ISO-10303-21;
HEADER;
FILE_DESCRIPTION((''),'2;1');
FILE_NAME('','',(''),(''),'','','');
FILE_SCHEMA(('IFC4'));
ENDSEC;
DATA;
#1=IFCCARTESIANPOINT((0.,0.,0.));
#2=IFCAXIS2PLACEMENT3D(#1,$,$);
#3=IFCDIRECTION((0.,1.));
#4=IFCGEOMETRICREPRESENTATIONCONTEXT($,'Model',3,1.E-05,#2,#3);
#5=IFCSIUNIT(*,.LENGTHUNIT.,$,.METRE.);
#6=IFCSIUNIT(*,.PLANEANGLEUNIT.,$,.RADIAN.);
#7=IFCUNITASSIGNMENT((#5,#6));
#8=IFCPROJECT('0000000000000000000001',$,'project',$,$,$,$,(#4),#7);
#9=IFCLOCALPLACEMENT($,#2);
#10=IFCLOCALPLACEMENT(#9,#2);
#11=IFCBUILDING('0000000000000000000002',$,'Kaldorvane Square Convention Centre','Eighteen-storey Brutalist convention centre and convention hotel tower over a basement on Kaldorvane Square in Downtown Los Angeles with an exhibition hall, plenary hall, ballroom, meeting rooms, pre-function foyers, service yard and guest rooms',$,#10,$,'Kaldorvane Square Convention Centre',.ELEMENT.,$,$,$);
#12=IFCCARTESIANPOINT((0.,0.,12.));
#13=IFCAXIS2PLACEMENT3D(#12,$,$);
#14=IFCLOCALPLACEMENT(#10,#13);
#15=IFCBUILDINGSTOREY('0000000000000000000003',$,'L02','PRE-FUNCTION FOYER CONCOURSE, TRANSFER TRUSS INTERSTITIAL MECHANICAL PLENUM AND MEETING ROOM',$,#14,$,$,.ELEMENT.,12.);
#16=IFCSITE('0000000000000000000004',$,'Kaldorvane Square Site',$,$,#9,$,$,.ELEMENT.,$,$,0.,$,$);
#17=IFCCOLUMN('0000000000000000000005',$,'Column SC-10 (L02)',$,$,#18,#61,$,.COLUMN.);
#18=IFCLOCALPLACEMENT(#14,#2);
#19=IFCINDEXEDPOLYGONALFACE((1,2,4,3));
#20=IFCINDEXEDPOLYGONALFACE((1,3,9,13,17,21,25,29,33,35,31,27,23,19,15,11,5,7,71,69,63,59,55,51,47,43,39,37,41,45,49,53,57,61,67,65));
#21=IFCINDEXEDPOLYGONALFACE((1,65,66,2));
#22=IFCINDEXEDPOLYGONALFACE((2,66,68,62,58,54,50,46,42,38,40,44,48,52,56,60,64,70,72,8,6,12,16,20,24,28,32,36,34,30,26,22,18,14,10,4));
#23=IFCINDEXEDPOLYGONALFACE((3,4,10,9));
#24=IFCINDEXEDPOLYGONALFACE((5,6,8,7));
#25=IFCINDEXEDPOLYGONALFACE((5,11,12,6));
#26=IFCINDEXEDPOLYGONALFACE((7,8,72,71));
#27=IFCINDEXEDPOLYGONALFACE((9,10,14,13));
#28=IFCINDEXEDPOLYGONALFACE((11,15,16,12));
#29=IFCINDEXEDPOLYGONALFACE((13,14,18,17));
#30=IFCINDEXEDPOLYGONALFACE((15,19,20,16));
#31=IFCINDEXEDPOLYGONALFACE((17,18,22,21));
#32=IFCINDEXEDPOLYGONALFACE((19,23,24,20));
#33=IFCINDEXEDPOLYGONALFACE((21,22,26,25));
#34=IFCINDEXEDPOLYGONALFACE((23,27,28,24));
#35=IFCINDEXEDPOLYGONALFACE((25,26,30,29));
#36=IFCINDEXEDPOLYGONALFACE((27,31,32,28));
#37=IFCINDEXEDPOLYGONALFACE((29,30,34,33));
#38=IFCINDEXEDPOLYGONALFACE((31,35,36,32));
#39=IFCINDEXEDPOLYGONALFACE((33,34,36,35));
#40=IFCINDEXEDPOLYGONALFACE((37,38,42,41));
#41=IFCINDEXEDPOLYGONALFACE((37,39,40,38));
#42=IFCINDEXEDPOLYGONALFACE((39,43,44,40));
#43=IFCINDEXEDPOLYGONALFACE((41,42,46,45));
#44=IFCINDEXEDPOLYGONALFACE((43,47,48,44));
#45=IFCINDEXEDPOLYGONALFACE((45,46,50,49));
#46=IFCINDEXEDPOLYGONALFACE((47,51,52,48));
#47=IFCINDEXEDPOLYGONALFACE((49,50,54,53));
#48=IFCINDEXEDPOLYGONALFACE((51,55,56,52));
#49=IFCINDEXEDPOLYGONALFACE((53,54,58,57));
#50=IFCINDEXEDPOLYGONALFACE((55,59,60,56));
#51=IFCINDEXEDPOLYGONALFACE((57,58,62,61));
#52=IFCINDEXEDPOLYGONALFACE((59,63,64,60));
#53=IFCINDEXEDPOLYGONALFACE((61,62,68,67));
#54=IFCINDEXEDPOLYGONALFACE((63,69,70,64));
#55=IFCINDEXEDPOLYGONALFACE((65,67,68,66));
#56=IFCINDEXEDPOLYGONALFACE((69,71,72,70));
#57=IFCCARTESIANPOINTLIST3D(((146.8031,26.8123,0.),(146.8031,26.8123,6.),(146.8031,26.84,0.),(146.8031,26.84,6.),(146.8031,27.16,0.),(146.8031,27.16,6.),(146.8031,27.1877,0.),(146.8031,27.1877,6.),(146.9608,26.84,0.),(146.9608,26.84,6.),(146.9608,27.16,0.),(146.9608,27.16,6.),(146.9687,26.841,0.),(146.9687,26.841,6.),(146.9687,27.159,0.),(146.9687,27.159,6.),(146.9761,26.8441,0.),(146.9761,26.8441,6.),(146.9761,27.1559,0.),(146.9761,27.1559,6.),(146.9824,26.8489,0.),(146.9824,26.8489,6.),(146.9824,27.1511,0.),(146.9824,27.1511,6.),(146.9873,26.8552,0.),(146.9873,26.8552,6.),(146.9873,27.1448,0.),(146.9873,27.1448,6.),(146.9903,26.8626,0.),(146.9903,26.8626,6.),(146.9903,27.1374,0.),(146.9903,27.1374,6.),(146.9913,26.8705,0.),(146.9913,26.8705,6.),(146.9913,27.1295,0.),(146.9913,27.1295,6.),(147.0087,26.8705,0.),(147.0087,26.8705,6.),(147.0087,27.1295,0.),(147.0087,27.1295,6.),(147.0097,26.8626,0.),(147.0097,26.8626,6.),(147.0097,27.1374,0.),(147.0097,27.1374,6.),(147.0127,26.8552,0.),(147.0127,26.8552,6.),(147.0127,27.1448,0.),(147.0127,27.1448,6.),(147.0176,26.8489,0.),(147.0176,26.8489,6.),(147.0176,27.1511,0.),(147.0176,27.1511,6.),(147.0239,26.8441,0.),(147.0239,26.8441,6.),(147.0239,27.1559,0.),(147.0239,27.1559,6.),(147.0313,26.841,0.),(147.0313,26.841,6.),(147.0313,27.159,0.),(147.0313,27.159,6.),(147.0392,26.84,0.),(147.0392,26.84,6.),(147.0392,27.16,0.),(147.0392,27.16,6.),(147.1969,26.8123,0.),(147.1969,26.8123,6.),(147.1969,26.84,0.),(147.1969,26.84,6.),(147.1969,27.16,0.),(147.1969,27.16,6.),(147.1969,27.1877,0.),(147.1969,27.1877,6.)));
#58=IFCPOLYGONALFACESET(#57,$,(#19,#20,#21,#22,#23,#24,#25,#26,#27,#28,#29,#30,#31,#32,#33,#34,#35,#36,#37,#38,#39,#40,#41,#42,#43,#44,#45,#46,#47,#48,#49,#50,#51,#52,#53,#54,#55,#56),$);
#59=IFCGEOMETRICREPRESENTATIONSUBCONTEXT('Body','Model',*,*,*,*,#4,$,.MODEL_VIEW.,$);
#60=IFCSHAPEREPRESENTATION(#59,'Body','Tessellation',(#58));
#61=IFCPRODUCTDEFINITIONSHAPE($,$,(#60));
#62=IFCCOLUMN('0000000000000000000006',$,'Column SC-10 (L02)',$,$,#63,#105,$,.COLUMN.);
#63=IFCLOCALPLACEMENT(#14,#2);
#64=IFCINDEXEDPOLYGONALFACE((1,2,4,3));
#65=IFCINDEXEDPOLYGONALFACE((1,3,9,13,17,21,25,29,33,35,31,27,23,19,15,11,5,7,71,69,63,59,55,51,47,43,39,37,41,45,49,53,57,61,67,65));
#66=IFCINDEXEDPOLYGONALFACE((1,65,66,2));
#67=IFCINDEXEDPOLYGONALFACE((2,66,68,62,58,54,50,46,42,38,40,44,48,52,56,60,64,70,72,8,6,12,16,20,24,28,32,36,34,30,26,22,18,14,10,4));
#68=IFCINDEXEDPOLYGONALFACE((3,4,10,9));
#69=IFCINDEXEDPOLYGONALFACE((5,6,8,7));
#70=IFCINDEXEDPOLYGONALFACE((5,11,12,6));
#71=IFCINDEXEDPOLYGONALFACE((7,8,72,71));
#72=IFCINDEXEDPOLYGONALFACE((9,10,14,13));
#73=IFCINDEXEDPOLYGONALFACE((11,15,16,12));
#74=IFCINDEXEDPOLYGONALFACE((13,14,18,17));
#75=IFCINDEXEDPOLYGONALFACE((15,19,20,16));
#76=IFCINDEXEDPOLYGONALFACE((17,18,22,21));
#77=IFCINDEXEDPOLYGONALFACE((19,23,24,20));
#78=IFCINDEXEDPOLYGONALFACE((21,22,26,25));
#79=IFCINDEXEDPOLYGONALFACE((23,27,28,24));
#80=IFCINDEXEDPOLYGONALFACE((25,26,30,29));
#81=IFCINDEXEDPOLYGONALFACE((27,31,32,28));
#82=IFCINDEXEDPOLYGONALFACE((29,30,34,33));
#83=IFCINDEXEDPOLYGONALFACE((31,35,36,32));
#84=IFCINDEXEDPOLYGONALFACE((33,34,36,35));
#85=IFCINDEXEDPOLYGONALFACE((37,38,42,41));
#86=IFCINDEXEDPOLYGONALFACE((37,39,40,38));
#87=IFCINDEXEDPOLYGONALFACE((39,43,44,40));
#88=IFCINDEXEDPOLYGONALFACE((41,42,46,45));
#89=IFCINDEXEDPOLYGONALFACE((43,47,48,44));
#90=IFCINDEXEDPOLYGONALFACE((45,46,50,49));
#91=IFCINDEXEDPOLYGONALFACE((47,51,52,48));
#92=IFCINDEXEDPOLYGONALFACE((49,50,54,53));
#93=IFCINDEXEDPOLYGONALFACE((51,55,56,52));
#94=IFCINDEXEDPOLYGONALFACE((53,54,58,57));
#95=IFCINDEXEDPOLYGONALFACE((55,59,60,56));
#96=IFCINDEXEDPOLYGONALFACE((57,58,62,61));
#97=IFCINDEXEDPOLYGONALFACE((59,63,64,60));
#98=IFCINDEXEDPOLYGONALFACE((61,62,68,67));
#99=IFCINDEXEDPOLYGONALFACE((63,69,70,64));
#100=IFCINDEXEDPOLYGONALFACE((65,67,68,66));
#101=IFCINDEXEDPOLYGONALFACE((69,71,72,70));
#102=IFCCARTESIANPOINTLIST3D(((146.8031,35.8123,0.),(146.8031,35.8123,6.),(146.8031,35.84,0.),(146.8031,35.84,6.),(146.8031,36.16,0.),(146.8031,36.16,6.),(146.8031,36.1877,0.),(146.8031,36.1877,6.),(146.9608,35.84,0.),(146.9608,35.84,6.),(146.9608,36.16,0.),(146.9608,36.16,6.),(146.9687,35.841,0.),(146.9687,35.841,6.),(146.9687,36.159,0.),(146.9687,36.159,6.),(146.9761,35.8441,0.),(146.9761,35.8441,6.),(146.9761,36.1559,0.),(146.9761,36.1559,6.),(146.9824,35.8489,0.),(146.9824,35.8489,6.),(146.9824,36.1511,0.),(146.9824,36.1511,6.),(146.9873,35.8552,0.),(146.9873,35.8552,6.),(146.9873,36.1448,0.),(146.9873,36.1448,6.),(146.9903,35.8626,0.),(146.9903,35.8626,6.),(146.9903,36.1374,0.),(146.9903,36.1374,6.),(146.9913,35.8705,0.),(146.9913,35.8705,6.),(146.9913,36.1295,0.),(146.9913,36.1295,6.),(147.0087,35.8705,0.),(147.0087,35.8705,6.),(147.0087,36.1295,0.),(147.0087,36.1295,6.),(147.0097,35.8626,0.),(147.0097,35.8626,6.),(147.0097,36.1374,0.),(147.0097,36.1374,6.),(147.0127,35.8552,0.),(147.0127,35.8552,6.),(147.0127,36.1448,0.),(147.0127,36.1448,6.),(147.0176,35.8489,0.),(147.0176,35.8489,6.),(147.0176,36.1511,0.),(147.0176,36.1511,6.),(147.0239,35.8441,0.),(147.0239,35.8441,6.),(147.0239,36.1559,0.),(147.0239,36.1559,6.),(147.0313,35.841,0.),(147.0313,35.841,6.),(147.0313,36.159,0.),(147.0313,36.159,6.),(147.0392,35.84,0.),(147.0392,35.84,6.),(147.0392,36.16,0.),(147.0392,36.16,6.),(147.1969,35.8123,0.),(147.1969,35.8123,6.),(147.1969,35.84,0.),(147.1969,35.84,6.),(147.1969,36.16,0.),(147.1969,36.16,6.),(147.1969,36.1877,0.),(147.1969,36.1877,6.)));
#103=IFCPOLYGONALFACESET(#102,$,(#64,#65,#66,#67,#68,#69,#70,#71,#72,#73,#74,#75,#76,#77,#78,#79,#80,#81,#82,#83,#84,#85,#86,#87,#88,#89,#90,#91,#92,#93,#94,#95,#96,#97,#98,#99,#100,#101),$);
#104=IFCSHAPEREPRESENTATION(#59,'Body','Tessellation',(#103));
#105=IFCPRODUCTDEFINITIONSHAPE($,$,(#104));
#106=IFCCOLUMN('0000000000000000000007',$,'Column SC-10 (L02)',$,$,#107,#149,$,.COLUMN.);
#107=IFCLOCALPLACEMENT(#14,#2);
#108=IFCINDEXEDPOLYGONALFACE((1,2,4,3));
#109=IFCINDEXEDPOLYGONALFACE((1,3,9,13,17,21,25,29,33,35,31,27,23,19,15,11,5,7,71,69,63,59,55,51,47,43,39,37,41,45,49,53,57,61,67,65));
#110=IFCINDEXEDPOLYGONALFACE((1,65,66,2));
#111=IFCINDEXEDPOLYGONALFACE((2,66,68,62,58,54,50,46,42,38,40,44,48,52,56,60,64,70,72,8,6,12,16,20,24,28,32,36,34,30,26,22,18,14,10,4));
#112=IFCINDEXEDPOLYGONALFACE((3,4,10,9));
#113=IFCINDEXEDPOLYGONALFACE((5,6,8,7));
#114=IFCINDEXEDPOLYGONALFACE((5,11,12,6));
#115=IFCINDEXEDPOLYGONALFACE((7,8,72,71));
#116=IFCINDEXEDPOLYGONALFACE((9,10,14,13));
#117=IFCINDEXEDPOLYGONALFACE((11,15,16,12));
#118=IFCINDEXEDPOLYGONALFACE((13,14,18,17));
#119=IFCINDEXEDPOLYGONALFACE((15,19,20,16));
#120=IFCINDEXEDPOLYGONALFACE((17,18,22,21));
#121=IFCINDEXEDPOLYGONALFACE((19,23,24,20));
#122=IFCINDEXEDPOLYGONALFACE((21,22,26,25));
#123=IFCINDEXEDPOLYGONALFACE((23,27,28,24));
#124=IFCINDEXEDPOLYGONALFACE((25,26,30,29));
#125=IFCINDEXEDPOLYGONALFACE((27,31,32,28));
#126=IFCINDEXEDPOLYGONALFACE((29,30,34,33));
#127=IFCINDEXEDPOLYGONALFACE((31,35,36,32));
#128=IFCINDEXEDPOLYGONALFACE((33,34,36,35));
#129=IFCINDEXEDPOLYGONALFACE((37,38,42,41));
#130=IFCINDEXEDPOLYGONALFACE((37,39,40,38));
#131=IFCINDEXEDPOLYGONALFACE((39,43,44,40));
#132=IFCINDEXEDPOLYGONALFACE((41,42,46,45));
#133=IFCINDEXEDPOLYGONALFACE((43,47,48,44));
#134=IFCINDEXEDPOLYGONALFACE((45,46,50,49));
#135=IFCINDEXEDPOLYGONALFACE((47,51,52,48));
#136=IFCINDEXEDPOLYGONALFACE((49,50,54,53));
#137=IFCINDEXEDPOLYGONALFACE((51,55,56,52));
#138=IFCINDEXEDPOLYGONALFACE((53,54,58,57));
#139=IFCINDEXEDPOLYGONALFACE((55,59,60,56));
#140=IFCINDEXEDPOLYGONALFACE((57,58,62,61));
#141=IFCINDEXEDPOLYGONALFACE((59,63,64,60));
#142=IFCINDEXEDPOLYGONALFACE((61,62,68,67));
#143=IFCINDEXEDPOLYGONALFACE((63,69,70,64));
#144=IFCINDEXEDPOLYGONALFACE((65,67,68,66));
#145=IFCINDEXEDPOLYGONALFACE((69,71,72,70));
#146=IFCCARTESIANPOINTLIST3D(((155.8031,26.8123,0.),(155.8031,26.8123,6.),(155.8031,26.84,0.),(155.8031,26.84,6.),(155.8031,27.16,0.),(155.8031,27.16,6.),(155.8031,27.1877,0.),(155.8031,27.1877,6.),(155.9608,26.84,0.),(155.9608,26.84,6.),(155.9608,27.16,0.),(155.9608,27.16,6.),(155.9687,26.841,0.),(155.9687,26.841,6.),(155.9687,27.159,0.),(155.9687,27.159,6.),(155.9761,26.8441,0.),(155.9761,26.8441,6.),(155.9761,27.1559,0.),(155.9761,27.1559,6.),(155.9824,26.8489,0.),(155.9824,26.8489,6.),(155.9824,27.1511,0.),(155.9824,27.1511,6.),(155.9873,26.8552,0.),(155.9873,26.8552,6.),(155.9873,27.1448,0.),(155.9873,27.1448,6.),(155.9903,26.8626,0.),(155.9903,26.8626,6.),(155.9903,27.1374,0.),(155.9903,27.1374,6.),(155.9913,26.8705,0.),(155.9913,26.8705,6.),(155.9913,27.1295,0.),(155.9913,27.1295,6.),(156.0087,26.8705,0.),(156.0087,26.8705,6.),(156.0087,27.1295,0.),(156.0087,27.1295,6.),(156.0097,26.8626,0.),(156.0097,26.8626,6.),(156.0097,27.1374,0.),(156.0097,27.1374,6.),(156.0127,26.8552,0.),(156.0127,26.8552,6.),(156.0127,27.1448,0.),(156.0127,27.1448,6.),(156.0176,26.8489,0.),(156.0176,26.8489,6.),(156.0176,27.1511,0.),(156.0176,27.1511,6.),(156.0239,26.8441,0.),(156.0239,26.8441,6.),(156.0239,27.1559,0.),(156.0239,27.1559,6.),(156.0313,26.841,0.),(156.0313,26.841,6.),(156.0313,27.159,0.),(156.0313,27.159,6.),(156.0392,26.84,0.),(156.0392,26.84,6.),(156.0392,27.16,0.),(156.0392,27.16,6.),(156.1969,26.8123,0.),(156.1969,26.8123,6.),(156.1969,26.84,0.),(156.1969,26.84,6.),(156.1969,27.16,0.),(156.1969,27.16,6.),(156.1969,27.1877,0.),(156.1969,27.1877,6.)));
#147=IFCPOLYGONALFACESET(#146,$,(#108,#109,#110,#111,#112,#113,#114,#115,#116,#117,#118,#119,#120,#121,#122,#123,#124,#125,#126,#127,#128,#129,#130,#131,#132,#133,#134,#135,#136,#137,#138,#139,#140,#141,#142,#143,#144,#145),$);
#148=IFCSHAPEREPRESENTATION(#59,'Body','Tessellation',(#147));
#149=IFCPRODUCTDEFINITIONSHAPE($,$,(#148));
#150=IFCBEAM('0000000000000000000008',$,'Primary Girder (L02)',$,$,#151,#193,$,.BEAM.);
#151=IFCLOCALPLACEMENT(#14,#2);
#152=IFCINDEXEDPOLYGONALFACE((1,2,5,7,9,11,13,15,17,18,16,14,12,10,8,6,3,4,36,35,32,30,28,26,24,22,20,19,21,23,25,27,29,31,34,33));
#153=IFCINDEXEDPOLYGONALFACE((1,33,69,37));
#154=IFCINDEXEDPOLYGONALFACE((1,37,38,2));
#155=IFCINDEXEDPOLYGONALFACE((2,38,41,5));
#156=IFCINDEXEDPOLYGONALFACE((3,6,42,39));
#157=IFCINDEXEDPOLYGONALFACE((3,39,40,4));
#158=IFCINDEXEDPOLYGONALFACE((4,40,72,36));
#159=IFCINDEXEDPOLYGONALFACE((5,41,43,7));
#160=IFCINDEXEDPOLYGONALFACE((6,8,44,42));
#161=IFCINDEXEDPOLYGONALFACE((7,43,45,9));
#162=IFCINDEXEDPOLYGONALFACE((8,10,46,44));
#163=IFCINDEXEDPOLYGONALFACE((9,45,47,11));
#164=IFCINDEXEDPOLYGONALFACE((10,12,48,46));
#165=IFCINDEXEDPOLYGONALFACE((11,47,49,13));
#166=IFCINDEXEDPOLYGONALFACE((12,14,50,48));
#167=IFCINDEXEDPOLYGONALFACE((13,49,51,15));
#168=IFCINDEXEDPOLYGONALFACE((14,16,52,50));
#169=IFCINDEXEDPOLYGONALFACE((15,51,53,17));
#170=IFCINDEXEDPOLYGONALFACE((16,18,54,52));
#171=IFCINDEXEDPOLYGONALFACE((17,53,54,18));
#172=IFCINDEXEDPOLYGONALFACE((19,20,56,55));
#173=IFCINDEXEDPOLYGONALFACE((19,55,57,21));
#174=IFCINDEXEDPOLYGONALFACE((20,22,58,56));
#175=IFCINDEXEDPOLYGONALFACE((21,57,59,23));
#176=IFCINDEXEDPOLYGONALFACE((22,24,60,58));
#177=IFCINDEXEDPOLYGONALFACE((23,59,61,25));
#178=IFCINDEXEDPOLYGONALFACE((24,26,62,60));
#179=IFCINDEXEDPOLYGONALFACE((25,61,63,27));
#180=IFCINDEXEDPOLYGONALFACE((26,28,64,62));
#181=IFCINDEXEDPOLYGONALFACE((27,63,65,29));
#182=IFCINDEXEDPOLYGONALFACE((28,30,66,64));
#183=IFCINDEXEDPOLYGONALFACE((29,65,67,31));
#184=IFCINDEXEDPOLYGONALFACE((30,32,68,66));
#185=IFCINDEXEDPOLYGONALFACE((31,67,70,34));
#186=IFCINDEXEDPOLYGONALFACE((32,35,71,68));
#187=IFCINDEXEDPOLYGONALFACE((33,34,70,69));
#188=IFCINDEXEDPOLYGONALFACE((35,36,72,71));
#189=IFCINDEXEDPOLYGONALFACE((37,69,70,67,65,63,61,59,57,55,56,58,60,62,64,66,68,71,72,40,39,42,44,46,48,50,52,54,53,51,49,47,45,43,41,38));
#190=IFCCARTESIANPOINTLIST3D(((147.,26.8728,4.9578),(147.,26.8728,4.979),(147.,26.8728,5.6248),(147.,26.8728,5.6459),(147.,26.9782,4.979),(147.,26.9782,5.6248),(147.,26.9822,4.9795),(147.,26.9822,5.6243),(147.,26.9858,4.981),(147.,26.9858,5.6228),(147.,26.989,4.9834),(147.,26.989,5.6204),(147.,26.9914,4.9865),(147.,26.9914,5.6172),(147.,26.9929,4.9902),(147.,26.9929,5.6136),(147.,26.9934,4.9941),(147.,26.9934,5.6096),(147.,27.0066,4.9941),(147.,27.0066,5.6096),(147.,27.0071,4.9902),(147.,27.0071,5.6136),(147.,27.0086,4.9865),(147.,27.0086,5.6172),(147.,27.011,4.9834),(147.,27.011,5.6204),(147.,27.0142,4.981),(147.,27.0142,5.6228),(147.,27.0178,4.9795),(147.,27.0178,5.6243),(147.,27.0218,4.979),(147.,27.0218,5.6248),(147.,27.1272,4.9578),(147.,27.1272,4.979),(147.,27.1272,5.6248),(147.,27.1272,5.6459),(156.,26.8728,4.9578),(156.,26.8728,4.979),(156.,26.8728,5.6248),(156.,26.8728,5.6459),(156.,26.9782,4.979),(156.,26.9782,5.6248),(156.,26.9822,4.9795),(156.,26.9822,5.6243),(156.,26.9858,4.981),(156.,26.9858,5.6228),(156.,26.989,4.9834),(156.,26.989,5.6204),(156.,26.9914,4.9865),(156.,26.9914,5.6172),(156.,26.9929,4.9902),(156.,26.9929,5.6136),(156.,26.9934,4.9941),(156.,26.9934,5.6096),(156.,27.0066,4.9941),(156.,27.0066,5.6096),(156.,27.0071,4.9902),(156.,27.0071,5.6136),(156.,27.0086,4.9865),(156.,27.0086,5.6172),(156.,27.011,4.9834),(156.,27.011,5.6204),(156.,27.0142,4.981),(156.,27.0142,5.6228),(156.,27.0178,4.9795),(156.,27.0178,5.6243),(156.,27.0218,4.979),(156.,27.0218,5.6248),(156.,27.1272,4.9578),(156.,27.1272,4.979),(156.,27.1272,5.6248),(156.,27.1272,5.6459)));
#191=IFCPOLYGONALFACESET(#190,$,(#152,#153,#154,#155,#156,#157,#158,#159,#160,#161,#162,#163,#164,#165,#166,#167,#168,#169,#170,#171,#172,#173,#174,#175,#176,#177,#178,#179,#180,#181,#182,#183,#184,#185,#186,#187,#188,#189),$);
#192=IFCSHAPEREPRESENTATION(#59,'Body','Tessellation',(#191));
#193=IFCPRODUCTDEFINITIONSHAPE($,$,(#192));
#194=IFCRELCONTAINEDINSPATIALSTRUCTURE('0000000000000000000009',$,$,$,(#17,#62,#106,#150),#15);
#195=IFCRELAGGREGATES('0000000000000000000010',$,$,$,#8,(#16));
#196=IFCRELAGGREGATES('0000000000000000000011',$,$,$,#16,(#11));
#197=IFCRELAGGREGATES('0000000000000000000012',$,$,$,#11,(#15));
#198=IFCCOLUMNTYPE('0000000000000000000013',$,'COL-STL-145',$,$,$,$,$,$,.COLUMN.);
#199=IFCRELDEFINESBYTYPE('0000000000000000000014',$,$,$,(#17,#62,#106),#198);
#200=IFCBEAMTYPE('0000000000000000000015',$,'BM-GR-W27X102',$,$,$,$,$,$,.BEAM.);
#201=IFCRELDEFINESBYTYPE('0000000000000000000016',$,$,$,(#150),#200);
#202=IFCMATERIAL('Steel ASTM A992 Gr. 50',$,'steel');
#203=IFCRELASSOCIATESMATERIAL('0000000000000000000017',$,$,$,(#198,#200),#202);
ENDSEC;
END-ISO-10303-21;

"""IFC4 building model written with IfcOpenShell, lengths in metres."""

from ifc_helpers import new_model, si_unit, direction, frame, origin, origin_2d, place, context, subcontext, project, spatial, i_section, extrude, material, material_profile, profile_set, type_object, element, save


model = new_model("IFC4")

# Units and contexts
model_context = context("Model", 3, precision=1e-05, world=origin(), true_north=direction((0.0, 1.0)))
body_context = subcontext(model_context, "Body", "Model", "MODEL_VIEW")
ifc_project = project(units=[si_unit("LENGTHUNIT", "METRE"), si_unit("PLANEANGLEUNIT", "RADIAN")], contexts=[model_context])

# Site, building, storey
site_placement = place(None, origin())
site = spatial("IfcSite", under=ifc_project, at=site_placement, Name="Kaldorvane Square Site", CompositionType="ELEMENT", RefElevation=0.0)
building_placement = place(site_placement, origin())
building = spatial("IfcBuilding", under=site, at=building_placement, Name="Kaldorvane Square Convention Centre", Description="Eighteen-storey Brutalist convention centre and convention hotel tower over a basement on Kaldorvane Square in Downtown Los Angeles with an exhibition hall, plenary hall, ballroom, meeting rooms, pre-function foyers, service yard and guest rooms", LongName="Kaldorvane Square Convention Centre", CompositionType="ELEMENT")
storey_placement = place(building_placement, frame((0.0, 0.0, 12.0)))
storey = spatial("IfcBuildingStorey", under=building, at=storey_placement, Name="L02", Description="PRE-FUNCTION FOYER CONCOURSE, TRANSFER TRUSS INTERSTITIAL MECHANICAL PLENUM AND MEETING ROOM", CompositionType="ELEMENT", Elevation=12.0)

# Columns
ifc_material_1 = material(Name="Steel ASTM A992 Gr. 50", Category="steel")
ifc_material_profile_1 = material_profile(ifc_material_1, i_section(OverallWidth=0.3937, OverallDepth=0.3754, WebThickness=0.0173, FlangeThickness=0.0277, FilletRadius=0.0305, at=origin_2d()), Name="W14X145")
ifc_profile_set_1 = profile_set([ifc_material_profile_1], Name="Steel ASTM A992 Gr. 50")
column_type = type_object("IfcColumnType", Name="COL-STL-145", PredefinedType="COLUMN", material=ifc_profile_set_1)
for number, where, z_axis, x_axis, name in (
    (1, (147.0, 27.0, 0.0), (0.0, 0.0, 1.0), (1.0, 0.0, 0.0), "Column SC-10 (L02)"),
    (2, (147.0, 36.0, 0.0), (0.0, 0.0, 1.0), (1.0, 0.0, 0.0), "Column SC-10 (L02)"),
    (3, (156.0, 27.0, 0.0), (0.0, 0.0, 1.0), (1.0, 0.0, 0.0), "Column SC-10 (L02)"),
):
    element("IfcColumn", number, at=place(storey_placement, frame(where, z_axis=z_axis, x_axis=x_axis)), inside=storey, type_object=column_type, Name=name, PredefinedType="COLUMN", context=body_context, shape_type="SweptSolid", body=[
        extrude(i_section(OverallWidth=0.3937, OverallDepth=0.3754, WebThickness=0.0173, FlangeThickness=0.0277, FilletRadius=0.0305, at=origin_2d()), origin(), (0.0, 0.0, 1.0), 6.0),
    ])

# Beam
ifc_material_profile_2 = material_profile(ifc_material_1, i_section(OverallWidth=0.2544, OverallDepth=0.6881, WebThickness=0.0131, FlangeThickness=0.0211, FilletRadius=0.0152, at=origin_2d()), Name="W27X102")
ifc_profile_set_2 = profile_set([ifc_material_profile_2], Name="Steel ASTM A992 Gr. 50")
beam_type_1 = type_object("IfcBeamType", Name="BM-GR-W27X102", PredefinedType="BEAM", material=ifc_profile_set_2)
for number, where, z_axis, x_axis, name in (
    (4, (147.0, 27.0, 5.3019), (1.0, 0.0, 0.0), (0.0, 1.0, 0.0), "Primary Girder (L02)"),
):
    element("IfcBeam", number, at=place(storey_placement, frame(where, z_axis=z_axis, x_axis=x_axis)), inside=storey, type_object=beam_type_1, Name=name, PredefinedType="BEAM", context=body_context, shape_type="SweptSolid", body=[
        extrude(i_section(OverallWidth=0.2544, OverallDepth=0.6881, WebThickness=0.0131, FlangeThickness=0.0211, FilletRadius=0.0152, at=origin_2d()), origin(), (0.0, 0.0, 1.0), 9.0),
    ])

save(model, "model.ifc")
